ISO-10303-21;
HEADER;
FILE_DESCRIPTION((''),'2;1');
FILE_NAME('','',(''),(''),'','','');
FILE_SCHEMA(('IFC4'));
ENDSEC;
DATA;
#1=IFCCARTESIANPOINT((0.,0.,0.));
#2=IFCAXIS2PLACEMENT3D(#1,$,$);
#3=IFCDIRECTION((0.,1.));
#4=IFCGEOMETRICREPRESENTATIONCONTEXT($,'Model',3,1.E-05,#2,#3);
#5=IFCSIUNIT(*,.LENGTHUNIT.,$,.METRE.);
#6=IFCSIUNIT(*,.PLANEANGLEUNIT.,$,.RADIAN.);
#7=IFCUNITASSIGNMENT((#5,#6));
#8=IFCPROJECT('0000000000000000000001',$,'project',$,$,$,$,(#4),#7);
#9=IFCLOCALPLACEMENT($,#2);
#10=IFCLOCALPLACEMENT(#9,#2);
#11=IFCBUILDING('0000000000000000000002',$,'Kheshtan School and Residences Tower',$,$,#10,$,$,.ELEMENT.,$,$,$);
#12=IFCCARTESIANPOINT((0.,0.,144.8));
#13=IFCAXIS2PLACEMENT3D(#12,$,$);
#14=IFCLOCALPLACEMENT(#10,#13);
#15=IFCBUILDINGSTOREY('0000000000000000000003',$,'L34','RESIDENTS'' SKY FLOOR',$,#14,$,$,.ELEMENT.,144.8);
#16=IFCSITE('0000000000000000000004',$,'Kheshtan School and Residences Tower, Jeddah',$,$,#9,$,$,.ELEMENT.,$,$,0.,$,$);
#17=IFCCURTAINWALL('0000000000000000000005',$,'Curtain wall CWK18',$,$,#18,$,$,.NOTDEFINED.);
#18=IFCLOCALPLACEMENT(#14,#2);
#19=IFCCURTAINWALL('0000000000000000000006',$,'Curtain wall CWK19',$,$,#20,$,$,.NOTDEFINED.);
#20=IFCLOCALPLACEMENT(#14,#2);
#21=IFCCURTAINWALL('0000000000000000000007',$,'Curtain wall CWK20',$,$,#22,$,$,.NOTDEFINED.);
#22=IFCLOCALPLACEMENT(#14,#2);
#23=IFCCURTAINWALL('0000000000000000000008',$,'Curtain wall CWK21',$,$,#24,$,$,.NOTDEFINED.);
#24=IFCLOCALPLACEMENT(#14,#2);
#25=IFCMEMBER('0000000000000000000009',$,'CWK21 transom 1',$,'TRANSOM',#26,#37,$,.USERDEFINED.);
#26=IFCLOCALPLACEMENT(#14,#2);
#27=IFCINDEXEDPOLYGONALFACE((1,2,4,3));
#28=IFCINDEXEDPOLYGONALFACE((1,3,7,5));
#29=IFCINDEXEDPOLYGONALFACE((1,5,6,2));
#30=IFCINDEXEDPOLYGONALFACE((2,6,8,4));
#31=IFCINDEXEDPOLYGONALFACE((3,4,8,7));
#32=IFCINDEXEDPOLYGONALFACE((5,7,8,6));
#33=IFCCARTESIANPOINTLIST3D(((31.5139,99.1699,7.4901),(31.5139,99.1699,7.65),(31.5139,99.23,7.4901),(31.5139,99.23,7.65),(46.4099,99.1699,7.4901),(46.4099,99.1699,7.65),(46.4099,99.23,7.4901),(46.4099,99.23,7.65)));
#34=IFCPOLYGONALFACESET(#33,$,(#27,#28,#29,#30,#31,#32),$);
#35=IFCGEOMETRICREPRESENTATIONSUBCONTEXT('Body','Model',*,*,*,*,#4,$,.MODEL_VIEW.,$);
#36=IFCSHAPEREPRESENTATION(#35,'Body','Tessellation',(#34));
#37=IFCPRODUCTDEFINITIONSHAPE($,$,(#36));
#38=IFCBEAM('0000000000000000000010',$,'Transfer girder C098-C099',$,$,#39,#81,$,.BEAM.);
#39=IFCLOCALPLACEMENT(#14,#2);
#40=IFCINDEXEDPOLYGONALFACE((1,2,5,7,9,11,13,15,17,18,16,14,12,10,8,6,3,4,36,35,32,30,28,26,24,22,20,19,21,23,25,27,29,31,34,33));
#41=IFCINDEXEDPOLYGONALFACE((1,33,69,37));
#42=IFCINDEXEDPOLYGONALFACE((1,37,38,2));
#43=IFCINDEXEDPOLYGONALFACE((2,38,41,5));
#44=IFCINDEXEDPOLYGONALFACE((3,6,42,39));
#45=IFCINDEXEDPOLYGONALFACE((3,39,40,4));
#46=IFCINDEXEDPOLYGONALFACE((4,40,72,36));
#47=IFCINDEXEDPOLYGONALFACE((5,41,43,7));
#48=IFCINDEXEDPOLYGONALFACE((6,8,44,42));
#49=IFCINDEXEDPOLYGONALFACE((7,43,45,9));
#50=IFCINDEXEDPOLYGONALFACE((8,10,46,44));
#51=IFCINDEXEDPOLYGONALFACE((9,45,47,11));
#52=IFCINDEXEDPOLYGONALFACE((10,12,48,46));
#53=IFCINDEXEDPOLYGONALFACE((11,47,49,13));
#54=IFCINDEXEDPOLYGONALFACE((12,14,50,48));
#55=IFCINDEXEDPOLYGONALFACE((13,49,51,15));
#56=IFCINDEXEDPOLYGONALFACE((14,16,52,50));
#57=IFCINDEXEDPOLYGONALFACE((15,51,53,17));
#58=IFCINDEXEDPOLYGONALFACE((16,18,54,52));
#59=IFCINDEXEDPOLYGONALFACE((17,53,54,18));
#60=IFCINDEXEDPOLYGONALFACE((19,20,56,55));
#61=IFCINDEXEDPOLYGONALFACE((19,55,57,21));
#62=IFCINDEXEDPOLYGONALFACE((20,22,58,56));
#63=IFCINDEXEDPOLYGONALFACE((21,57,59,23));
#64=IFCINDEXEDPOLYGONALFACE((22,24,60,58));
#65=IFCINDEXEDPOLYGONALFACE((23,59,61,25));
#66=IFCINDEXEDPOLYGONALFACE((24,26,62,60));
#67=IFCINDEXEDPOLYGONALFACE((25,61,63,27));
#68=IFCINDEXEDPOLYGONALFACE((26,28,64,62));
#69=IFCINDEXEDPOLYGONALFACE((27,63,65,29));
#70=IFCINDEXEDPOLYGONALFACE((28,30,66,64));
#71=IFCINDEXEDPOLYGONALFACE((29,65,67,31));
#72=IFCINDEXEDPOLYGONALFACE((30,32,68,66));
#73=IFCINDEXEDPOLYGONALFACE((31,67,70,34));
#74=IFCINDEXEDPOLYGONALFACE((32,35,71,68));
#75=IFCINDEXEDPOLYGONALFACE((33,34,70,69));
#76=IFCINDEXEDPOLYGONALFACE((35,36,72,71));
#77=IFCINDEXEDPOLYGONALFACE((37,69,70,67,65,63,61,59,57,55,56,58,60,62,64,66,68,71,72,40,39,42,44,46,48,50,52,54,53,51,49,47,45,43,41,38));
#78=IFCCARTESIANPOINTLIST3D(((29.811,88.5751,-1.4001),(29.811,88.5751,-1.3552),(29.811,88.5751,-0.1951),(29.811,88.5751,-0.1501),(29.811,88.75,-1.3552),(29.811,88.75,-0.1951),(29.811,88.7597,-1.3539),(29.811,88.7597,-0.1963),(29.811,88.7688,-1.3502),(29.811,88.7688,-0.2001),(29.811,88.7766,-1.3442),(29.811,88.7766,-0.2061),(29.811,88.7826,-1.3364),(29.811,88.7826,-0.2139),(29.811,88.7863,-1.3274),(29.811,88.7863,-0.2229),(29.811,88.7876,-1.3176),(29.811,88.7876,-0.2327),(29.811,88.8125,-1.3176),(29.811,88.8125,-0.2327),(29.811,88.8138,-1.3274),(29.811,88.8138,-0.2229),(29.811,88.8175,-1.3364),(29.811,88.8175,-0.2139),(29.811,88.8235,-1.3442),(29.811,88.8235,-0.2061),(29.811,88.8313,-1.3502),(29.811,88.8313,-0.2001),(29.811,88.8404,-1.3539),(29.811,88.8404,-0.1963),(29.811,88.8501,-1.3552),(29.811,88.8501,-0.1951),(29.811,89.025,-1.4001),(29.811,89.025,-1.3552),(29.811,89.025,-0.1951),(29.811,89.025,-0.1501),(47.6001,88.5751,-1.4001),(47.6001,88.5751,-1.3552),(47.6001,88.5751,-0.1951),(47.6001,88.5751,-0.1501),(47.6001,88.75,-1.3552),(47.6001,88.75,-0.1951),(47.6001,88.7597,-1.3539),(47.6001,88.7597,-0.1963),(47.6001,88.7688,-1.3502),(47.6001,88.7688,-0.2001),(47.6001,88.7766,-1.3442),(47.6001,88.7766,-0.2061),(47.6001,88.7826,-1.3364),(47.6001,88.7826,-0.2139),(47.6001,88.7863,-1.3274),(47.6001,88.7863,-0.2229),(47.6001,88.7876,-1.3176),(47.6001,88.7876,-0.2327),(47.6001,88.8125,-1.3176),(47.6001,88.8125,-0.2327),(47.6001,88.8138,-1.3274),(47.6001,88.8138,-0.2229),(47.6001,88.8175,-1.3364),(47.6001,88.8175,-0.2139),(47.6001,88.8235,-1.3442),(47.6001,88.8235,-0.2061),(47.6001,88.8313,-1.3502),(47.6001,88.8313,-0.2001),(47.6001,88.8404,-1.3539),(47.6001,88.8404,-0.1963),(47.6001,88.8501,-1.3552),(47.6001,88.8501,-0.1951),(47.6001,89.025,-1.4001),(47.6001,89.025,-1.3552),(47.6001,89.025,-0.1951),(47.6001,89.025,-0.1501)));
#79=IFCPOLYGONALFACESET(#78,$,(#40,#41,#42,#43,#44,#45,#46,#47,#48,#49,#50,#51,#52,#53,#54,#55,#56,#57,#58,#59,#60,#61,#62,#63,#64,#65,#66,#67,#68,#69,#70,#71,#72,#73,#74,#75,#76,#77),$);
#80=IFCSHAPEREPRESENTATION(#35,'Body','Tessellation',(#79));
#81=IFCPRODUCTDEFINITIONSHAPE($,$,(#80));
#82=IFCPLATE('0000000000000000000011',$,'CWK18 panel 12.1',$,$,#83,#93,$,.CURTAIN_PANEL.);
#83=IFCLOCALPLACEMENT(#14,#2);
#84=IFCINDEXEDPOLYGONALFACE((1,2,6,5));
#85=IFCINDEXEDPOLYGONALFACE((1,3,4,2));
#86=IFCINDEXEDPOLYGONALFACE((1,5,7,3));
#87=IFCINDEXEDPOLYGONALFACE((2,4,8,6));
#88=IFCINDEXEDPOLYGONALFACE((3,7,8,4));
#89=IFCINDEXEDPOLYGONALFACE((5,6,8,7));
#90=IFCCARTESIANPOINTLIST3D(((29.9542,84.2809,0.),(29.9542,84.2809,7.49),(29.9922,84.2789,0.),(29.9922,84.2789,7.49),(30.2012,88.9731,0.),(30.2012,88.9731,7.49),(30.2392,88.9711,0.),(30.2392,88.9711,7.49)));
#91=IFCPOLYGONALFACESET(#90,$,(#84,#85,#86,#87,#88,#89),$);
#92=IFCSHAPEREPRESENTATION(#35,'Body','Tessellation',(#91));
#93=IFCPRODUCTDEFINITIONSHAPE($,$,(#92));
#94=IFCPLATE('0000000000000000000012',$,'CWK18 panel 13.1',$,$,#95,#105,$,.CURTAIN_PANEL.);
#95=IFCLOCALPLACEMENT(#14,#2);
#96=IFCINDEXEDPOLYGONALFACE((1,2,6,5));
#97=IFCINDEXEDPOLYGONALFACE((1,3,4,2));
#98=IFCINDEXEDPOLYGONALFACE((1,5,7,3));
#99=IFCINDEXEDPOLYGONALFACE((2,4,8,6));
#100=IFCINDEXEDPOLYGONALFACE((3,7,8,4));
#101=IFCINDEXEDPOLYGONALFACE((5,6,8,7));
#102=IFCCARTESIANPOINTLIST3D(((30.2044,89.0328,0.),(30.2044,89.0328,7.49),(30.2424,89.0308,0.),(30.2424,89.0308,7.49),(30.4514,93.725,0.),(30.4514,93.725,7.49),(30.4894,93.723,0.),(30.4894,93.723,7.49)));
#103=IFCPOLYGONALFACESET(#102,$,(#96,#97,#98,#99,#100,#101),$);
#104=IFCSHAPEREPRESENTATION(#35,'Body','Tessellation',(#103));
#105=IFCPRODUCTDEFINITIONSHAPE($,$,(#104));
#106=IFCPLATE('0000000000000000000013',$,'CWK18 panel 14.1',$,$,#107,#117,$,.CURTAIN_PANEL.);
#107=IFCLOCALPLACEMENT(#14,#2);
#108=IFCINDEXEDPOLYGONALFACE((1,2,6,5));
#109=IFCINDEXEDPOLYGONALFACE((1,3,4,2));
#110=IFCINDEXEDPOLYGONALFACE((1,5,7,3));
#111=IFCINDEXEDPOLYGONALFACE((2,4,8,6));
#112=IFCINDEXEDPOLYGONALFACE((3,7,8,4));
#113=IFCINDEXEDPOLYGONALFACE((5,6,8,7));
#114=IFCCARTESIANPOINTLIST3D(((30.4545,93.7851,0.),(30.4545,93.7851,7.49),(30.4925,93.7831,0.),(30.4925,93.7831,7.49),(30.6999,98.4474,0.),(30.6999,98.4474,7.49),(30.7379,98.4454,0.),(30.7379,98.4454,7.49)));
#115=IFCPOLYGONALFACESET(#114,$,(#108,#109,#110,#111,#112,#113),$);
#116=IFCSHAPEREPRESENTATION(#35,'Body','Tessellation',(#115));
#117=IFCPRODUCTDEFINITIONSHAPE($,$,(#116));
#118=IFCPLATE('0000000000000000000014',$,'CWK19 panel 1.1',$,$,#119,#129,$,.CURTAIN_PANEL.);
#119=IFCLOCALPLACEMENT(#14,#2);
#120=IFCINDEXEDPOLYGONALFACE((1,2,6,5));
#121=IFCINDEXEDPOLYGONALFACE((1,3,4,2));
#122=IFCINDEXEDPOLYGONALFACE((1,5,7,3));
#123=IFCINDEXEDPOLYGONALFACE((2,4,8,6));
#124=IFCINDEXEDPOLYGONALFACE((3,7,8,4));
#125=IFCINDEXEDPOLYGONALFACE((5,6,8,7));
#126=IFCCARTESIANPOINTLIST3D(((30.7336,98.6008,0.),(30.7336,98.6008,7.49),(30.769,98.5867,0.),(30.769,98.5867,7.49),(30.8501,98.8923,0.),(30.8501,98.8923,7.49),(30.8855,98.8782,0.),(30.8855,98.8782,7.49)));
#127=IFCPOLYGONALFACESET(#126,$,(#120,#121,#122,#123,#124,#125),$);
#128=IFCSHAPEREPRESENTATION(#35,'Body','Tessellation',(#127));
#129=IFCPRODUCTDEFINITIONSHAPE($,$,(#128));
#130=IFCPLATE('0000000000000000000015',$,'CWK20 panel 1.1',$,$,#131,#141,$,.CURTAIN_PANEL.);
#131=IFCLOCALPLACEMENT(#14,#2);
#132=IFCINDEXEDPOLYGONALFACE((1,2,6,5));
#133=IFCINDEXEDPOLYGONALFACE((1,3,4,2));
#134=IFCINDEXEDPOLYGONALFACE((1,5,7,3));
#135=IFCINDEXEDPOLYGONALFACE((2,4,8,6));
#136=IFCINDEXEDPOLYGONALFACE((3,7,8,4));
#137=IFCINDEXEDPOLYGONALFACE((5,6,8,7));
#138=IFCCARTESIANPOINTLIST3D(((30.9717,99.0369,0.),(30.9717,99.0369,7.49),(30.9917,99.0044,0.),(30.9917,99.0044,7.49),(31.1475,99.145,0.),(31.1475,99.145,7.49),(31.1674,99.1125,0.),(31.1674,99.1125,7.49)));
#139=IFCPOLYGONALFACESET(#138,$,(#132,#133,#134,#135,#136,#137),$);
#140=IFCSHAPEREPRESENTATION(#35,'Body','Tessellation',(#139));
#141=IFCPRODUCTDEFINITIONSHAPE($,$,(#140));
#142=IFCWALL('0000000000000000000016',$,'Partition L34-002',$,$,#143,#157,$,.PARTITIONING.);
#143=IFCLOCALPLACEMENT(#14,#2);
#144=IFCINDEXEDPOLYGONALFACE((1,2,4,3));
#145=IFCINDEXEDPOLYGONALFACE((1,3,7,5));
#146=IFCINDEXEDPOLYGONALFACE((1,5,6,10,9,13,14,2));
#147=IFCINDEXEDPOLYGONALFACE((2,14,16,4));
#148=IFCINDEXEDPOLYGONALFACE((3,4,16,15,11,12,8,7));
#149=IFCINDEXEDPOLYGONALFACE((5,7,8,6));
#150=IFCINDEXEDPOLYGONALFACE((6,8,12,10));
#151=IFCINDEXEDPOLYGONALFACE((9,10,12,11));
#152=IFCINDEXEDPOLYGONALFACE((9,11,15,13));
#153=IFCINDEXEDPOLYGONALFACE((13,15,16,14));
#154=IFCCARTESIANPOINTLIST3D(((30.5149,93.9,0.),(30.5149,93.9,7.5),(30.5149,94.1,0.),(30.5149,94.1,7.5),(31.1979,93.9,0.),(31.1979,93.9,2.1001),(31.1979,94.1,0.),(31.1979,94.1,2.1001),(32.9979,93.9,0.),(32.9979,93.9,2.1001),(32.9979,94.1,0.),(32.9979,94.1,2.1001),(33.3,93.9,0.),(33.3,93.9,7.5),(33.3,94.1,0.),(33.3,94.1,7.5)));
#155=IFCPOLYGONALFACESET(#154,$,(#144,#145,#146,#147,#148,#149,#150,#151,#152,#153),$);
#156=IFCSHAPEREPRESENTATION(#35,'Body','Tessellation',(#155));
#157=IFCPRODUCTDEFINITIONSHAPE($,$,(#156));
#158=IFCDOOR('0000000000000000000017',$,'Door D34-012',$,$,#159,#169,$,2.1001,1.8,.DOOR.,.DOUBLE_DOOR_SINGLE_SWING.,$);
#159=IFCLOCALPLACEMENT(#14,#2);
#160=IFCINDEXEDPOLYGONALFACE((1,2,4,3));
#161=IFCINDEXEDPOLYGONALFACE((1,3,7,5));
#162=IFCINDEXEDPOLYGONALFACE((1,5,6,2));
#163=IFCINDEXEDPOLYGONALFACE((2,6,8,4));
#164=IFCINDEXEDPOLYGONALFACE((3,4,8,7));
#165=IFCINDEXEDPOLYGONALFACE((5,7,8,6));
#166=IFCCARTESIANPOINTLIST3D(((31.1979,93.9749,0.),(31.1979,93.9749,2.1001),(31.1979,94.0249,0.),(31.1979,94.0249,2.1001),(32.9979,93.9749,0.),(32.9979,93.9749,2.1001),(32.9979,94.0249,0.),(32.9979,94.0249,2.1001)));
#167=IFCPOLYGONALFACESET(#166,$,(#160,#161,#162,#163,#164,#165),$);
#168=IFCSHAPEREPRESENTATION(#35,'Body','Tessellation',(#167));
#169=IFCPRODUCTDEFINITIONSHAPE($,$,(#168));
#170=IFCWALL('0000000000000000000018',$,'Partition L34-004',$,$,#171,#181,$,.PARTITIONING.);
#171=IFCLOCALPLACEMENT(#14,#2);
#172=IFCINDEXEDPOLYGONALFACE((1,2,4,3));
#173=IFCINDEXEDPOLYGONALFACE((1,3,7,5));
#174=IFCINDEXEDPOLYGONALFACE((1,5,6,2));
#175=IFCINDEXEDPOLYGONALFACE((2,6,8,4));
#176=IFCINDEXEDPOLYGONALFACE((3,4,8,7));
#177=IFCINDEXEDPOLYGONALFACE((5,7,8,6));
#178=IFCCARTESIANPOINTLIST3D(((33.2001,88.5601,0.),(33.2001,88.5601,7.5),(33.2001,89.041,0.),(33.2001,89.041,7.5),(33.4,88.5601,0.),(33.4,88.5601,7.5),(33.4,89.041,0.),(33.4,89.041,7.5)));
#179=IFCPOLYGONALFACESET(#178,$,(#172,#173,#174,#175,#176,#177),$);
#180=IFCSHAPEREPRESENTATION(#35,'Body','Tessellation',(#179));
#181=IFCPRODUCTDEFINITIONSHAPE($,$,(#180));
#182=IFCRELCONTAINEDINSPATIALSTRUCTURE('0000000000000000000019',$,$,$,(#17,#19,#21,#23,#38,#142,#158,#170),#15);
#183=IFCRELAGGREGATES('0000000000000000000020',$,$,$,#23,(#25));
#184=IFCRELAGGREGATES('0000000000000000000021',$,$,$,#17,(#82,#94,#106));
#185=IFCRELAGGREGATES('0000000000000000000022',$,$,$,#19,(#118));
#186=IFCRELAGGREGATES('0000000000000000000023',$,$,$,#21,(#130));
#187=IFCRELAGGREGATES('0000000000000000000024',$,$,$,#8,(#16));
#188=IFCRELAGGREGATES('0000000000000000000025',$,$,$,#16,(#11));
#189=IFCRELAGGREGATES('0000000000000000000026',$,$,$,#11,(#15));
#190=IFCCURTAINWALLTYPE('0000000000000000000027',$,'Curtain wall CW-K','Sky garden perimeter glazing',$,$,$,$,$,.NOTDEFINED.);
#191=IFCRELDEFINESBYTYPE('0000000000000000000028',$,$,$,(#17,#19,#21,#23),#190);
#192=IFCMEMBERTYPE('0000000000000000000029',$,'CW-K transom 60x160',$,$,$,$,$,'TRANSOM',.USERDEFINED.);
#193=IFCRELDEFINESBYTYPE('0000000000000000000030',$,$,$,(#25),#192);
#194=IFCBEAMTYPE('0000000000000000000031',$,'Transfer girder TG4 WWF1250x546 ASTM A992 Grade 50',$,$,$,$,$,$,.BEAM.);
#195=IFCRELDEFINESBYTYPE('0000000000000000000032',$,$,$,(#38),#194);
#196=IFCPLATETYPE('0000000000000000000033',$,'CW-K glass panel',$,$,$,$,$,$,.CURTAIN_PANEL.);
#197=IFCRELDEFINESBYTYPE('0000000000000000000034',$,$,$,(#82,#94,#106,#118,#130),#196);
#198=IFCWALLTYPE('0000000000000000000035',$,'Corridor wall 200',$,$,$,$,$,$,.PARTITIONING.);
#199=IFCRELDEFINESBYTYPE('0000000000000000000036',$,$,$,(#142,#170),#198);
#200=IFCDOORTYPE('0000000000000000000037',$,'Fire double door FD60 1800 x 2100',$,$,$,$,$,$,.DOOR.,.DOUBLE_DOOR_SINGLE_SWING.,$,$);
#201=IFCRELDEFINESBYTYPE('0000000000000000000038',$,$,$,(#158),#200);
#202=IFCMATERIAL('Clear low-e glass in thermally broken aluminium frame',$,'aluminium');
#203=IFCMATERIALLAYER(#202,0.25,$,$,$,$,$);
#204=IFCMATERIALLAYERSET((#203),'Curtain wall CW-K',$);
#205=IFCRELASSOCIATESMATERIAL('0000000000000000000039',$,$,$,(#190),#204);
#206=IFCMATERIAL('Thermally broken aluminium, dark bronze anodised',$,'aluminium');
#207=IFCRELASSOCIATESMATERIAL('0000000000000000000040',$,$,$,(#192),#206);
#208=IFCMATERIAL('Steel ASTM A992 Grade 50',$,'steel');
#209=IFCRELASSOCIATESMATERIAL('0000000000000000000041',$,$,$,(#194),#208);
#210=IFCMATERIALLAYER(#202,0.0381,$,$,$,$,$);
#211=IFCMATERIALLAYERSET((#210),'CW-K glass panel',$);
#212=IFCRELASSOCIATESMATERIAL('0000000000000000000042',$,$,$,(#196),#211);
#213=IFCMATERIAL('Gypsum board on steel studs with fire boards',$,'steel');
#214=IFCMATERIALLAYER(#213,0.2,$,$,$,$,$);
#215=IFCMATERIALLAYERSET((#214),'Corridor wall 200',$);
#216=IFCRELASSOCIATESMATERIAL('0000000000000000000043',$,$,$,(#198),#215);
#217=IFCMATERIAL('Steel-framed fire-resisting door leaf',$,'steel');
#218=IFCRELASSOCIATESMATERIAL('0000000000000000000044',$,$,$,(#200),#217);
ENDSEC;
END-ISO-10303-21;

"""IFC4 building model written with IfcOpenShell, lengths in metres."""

from ifc_helpers import new_model, si_unit, direction, frame, frame_2d, origin, origin_2d, place, context, subcontext, project, spatial, rectangle, i_section, extrude, source, transform, mapped, material, layer, layer_set, material_profile, profile_set, type_object, element, fill, aggregate, save


model = new_model("IFC4")

# Units and contexts
model_context = context("Model", 3, precision=1e-05, world=origin(), true_north=direction((0.0, 1.0)))
body_context = subcontext(model_context, "Body", "Model", "MODEL_VIEW")
ifc_project = project(units=[si_unit("LENGTHUNIT", "METRE"), si_unit("PLANEANGLEUNIT", "RADIAN")], contexts=[model_context])

# Site, building, storey
site_placement = place(None, origin())
site = spatial("IfcSite", under=ifc_project, at=site_placement, Name="Kheshtan School and Residences Tower, Jeddah", CompositionType="ELEMENT", RefElevation=0.0)
building_placement = place(site_placement, origin())
building = spatial("IfcBuilding", under=site, at=building_placement, Name="Kheshtan School and Residences Tower", CompositionType="ELEMENT")
storey_placement = place(building_placement, frame((0.0, 0.0, 144.8)))
storey = spatial("IfcBuildingStorey", under=building, at=storey_placement, Name="L34", Description="RESIDENTS' SKY FLOOR", CompositionType="ELEMENT", Elevation=144.8)

# Shared definitions
ifc_material_1 = material(Name="Steel ASTM A992 Grade 50", Category="steel")

# Curtain walls
ifc_material_2 = material(Name="Clear low-e glass in thermally broken aluminium frame", Category="aluminium")
ifc_layer_1 = layer(ifc_material_2, 0.25)
ifc_layer_set_1 = layer_set([ifc_layer_1], Name="Curtain wall CW-K")
curtain_wall_type = type_object("IfcCurtainWallType", Name="Curtain wall CW-K", Description="Sky garden perimeter glazing", PredefinedType="NOTDEFINED", material=ifc_layer_set_1)
curtain_wall_1_placement = place(storey_placement, origin())
curtain_wall_1 = element("IfcCurtainWall", 1, at=curtain_wall_1_placement, inside=storey, type_object=curtain_wall_type, Name="Curtain wall CWK18", PredefinedType="NOTDEFINED")
ifc_material_3 = material(Name="Thermally broken aluminium, dark bronze anodised", Category="aluminium")
curtain_wall_2_placement = place(storey_placement, origin())
curtain_wall_2 = element("IfcCurtainWall", 2, at=curtain_wall_2_placement, inside=storey, type_object=curtain_wall_type, Name="Curtain wall CWK19", PredefinedType="NOTDEFINED")
curtain_wall_3_placement = place(storey_placement, origin())
curtain_wall_3 = element("IfcCurtainWall", 3, at=curtain_wall_3_placement, inside=storey, type_object=curtain_wall_type, Name="Curtain wall CWK20", PredefinedType="NOTDEFINED")

# Curtain wall
curtain_wall_4_placement = place(storey_placement, origin())
curtain_wall_4 = element("IfcCurtainWall", 4, at=curtain_wall_4_placement, inside=storey, type_object=curtain_wall_type, Name="Curtain wall CWK21", PredefinedType="NOTDEFINED")

# Member
ifc_material_profile_1 = material_profile(ifc_material_3, rectangle(XDim=0.0601, YDim=0.1599, at=origin_2d()), Name="CW-K transom 60x160")
ifc_profile_set_1 = profile_set([ifc_material_profile_1], Name="Thermally broken aluminium, dark bronze anodised")
member_type_1 = type_object("IfcMemberType", Name="CW-K transom 60x160", ElementType="TRANSOM", PredefinedType="USERDEFINED", material=ifc_profile_set_1)
member_1_placement = place(storey_placement, frame((31.5139, 99.2, 7.5701), z_axis=(1.0, 0.0, 0.0), x_axis=(0.0, 1.0, 0.0)))
member_1 = element("IfcMember", 5, at=member_1_placement, type_object=member_type_1, Name="CWK21 transom 1", ObjectType="TRANSOM", PredefinedType="USERDEFINED", context=body_context, shape_type="SweptSolid", body=[
    extrude(rectangle(XDim=0.0601, YDim=0.1599, at=origin_2d()), origin(), (0.0, 0.0, 1.0), 14.896),
])
aggregate(curtain_wall_4, [member_1])

# Beam
ifc_material_profile_2 = material_profile(ifc_material_1, i_section(OverallWidth=0.45, OverallDepth=1.25, WebThickness=0.0249, FlangeThickness=0.0449, FilletRadius=0.0376, at=origin_2d()), Name="WWF1250x546")
ifc_profile_set_2 = profile_set([ifc_material_profile_2], Name="Steel ASTM A992 Grade 50")
beam_type = type_object("IfcBeamType", Name="Transfer girder TG4 WWF1250x546 ASTM A992 Grade 50", PredefinedType="BEAM", material=ifc_profile_set_2)
beam_placement = place(storey_placement, frame((29.811, 88.8, -0.7751), z_axis=(1.0, 0.0, 0.0), x_axis=(0.0, 1.0, 0.0)))
element("IfcBeam", 6, at=beam_placement, inside=storey, type_object=beam_type, Name="Transfer girder C098-C099", PredefinedType="BEAM", context=body_context, shape_type="SweptSolid", body=[
    extrude(i_section(OverallWidth=0.45, OverallDepth=1.25, WebThickness=0.0249, FlangeThickness=0.0449, FilletRadius=0.0376, at=origin_2d()), origin(), (0.0, 0.0, 1.0), 17.7891),
])

# Plates
ifc_layer_2 = layer(ifc_material_2, 0.0381)
ifc_layer_set_2 = layer_set([ifc_layer_2], Name="CW-K glass panel")
plate_type = type_object("IfcPlateType", Name="CW-K glass panel", PredefinedType="CURTAIN_PANEL", material=ifc_layer_set_2)
plate_1_placement = place(storey_placement, frame((30.0967, 86.626, 0.0), z_axis=(0.0, 0.0, 1.0), x_axis=(0.052565, 0.998617, 0.0)))
plate_1 = element("IfcPlate", 7, at=plate_1_placement, type_object=plate_type, Name="CWK18 panel 12.1", PredefinedType="CURTAIN_PANEL", context=body_context, shape_type="SweptSolid", body=[
    extrude(rectangle(XDim=4.6987, YDim=0.0381, at=origin_2d()), origin(), (0.0, 0.0, 1.0), 7.49),
])
plate_2_placement = place(storey_placement, frame((30.3469, 91.3779, 0.0), z_axis=(0.0, 0.0, 1.0), x_axis=(0.052565, 0.998617, 0.0)))
plate_2 = element("IfcPlate", 8, at=plate_2_placement, type_object=plate_type, Name="CWK18 panel 13.1", PredefinedType="CURTAIN_PANEL", context=body_context, shape_type="SweptSolid", body=[
    extrude(rectangle(XDim=4.6987, YDim=0.0381, at=origin_2d()), origin(), (0.0, 0.0, 1.0), 7.49),
])
plate_3_placement = place(storey_placement, frame((30.5962, 96.1152, 0.0), z_axis=(0.0, 0.0, 1.0), x_axis=(0.052565, 0.998617, 0.0)))
plate_3 = element("IfcPlate", 9, at=plate_3_placement, type_object=plate_type, Name="CWK18 panel 14.1", PredefinedType="CURTAIN_PANEL", context=body_context, shape_type="SweptSolid", body=[
    extrude(rectangle(XDim=4.6687, YDim=0.0381, at=origin_2d()), origin(), (0.0, 0.0, 1.0), 7.49),
])
aggregate(curtain_wall_1, [plate_1, plate_2, plate_3])
plate_4_placement = place(storey_placement, frame((30.8096, 98.7395, 0.0), z_axis=(0.0, 0.0, 1.0), x_axis=(0.370993, 0.928636, 0.0)))
plate_4 = element("IfcPlate", 10, at=plate_4_placement, type_object=plate_type, Name="CWK19 panel 1.1", PredefinedType="CURTAIN_PANEL", context=body_context, shape_type="SweptSolid", body=[
    extrude(rectangle(XDim=0.314, YDim=0.0381, at=origin_2d()), origin(), (0.0, 0.0, 1.0), 7.49),
])
aggregate(curtain_wall_2, [plate_4])
plate_5_placement = place(storey_placement, frame((31.0696, 99.0747, 0.0), z_axis=(0.0, 0.0, 1.0), x_axis=(0.851763, 0.523926, 0.0)))
plate_5 = element("IfcPlate", 11, at=plate_5_placement, type_object=plate_type, Name="CWK20 panel 1.1", PredefinedType="CURTAIN_PANEL", context=body_context, shape_type="SweptSolid", body=[
    extrude(rectangle(XDim=0.2063, YDim=0.0381, at=origin_2d()), origin(), (0.0, 0.0, 1.0), 7.49),
])
aggregate(curtain_wall_3, [plate_5])

# Wall, opening, door
ifc_material_4 = material(Name="Gypsum board on steel studs with fire boards", Category="steel")
ifc_layer_3 = layer(ifc_material_4, 0.2)
ifc_layer_set_3 = layer_set([ifc_layer_3], Name="Corridor wall 200")
wall_type_1 = type_object("IfcWallType", Name="Corridor wall 200", PredefinedType="PARTITIONING", material=ifc_layer_set_3)
wall_1_placement = place(storey_placement, frame((30.5149, 94.0, 0.0), z_axis=(0.0, 0.0, 1.0), x_axis=(1.0, 0.0, 0.0)))
wall_1 = element("IfcWall", 12, at=wall_1_placement, inside=storey, type_object=wall_type_1, Name="Partition L34-002", PredefinedType="PARTITIONING", context=body_context, shape_type="SweptSolid", body=[
    extrude(rectangle(XDim=2.7852, YDim=0.2, at=frame_2d((1.3926, 0.0))), origin(), (0.0, 0.0, 1.0), 7.5),
])
opening_placement = place(wall_1_placement, frame((0.6831, 0.0, 0.0)))
opening = element("IfcOpeningElement", 13, at=opening_placement, cuts=wall_1, PredefinedType="OPENING", context=body_context, shape_type="SweptSolid", body=[
    extrude(rectangle(XDim=1.8, YDim=2.1001, at=frame_2d((0.8999, 1.05))), frame((0.0, 0.1099, 0.0), z_axis=(0.0, -1.0, 0.0), x_axis=(1.0, 0.0, 0.0)), (0.0, 0.0, 1.0), 0.22),
])
ifc_material_5 = material(Name="Steel-framed fire-resisting door leaf", Category="steel")
door_type = type_object("IfcDoorType", Name="Fire double door FD60 1800 x 2100", OperationType="DOUBLE_DOOR_SINGLE_SWING", PredefinedType="DOOR", material=ifc_material_5)
shared_shape = source(origin(), body_context, "Body", "SweptSolid", [
    extrude(rectangle(XDim=1.8, YDim=2.1001, at=frame_2d((0.8999, 1.05))), frame((0.0, 0.0249, 0.0), z_axis=(0.0, -1.0, 0.0), x_axis=(1.0, 0.0, 0.0)), (0.0, 0.0, 1.0), 0.05),
])
door_placement = place(opening_placement, origin())
door = element("IfcDoor", 14, at=door_placement, inside=storey, type_object=door_type, Name="Door D34-012", OperationType="DOUBLE_DOOR_SINGLE_SWING", OverallHeight=2.1001, OverallWidth=1.8, PredefinedType="DOOR", context=body_context, shape_type="MappedRepresentation", body=[
    mapped(shared_shape, transform((0.0, 0.0, 0.0), x_axis=(1.0, 0.0, 0.0), y_axis=(0.0, 1.0, 0.0), z_axis=(0.0, 0.0, 1.0), scale=1.0)),
])
fill(opening, door)

# Wall
wall_2_placement = place(storey_placement, frame((33.3, 88.5601, 0.0), z_axis=(0.0, 0.0, 1.0), x_axis=(0.0, 1.0, 0.0)))
element("IfcWall", 15, at=wall_2_placement, inside=storey, type_object=wall_type_1, Name="Partition L34-004", PredefinedType="PARTITIONING", context=body_context, shape_type="SweptSolid", body=[
    extrude(rectangle(XDim=0.481, YDim=0.2, at=frame_2d((0.2405, 0.0))), origin(), (0.0, 0.0, 1.0), 7.5),
])

save(model, "model.ifc")
